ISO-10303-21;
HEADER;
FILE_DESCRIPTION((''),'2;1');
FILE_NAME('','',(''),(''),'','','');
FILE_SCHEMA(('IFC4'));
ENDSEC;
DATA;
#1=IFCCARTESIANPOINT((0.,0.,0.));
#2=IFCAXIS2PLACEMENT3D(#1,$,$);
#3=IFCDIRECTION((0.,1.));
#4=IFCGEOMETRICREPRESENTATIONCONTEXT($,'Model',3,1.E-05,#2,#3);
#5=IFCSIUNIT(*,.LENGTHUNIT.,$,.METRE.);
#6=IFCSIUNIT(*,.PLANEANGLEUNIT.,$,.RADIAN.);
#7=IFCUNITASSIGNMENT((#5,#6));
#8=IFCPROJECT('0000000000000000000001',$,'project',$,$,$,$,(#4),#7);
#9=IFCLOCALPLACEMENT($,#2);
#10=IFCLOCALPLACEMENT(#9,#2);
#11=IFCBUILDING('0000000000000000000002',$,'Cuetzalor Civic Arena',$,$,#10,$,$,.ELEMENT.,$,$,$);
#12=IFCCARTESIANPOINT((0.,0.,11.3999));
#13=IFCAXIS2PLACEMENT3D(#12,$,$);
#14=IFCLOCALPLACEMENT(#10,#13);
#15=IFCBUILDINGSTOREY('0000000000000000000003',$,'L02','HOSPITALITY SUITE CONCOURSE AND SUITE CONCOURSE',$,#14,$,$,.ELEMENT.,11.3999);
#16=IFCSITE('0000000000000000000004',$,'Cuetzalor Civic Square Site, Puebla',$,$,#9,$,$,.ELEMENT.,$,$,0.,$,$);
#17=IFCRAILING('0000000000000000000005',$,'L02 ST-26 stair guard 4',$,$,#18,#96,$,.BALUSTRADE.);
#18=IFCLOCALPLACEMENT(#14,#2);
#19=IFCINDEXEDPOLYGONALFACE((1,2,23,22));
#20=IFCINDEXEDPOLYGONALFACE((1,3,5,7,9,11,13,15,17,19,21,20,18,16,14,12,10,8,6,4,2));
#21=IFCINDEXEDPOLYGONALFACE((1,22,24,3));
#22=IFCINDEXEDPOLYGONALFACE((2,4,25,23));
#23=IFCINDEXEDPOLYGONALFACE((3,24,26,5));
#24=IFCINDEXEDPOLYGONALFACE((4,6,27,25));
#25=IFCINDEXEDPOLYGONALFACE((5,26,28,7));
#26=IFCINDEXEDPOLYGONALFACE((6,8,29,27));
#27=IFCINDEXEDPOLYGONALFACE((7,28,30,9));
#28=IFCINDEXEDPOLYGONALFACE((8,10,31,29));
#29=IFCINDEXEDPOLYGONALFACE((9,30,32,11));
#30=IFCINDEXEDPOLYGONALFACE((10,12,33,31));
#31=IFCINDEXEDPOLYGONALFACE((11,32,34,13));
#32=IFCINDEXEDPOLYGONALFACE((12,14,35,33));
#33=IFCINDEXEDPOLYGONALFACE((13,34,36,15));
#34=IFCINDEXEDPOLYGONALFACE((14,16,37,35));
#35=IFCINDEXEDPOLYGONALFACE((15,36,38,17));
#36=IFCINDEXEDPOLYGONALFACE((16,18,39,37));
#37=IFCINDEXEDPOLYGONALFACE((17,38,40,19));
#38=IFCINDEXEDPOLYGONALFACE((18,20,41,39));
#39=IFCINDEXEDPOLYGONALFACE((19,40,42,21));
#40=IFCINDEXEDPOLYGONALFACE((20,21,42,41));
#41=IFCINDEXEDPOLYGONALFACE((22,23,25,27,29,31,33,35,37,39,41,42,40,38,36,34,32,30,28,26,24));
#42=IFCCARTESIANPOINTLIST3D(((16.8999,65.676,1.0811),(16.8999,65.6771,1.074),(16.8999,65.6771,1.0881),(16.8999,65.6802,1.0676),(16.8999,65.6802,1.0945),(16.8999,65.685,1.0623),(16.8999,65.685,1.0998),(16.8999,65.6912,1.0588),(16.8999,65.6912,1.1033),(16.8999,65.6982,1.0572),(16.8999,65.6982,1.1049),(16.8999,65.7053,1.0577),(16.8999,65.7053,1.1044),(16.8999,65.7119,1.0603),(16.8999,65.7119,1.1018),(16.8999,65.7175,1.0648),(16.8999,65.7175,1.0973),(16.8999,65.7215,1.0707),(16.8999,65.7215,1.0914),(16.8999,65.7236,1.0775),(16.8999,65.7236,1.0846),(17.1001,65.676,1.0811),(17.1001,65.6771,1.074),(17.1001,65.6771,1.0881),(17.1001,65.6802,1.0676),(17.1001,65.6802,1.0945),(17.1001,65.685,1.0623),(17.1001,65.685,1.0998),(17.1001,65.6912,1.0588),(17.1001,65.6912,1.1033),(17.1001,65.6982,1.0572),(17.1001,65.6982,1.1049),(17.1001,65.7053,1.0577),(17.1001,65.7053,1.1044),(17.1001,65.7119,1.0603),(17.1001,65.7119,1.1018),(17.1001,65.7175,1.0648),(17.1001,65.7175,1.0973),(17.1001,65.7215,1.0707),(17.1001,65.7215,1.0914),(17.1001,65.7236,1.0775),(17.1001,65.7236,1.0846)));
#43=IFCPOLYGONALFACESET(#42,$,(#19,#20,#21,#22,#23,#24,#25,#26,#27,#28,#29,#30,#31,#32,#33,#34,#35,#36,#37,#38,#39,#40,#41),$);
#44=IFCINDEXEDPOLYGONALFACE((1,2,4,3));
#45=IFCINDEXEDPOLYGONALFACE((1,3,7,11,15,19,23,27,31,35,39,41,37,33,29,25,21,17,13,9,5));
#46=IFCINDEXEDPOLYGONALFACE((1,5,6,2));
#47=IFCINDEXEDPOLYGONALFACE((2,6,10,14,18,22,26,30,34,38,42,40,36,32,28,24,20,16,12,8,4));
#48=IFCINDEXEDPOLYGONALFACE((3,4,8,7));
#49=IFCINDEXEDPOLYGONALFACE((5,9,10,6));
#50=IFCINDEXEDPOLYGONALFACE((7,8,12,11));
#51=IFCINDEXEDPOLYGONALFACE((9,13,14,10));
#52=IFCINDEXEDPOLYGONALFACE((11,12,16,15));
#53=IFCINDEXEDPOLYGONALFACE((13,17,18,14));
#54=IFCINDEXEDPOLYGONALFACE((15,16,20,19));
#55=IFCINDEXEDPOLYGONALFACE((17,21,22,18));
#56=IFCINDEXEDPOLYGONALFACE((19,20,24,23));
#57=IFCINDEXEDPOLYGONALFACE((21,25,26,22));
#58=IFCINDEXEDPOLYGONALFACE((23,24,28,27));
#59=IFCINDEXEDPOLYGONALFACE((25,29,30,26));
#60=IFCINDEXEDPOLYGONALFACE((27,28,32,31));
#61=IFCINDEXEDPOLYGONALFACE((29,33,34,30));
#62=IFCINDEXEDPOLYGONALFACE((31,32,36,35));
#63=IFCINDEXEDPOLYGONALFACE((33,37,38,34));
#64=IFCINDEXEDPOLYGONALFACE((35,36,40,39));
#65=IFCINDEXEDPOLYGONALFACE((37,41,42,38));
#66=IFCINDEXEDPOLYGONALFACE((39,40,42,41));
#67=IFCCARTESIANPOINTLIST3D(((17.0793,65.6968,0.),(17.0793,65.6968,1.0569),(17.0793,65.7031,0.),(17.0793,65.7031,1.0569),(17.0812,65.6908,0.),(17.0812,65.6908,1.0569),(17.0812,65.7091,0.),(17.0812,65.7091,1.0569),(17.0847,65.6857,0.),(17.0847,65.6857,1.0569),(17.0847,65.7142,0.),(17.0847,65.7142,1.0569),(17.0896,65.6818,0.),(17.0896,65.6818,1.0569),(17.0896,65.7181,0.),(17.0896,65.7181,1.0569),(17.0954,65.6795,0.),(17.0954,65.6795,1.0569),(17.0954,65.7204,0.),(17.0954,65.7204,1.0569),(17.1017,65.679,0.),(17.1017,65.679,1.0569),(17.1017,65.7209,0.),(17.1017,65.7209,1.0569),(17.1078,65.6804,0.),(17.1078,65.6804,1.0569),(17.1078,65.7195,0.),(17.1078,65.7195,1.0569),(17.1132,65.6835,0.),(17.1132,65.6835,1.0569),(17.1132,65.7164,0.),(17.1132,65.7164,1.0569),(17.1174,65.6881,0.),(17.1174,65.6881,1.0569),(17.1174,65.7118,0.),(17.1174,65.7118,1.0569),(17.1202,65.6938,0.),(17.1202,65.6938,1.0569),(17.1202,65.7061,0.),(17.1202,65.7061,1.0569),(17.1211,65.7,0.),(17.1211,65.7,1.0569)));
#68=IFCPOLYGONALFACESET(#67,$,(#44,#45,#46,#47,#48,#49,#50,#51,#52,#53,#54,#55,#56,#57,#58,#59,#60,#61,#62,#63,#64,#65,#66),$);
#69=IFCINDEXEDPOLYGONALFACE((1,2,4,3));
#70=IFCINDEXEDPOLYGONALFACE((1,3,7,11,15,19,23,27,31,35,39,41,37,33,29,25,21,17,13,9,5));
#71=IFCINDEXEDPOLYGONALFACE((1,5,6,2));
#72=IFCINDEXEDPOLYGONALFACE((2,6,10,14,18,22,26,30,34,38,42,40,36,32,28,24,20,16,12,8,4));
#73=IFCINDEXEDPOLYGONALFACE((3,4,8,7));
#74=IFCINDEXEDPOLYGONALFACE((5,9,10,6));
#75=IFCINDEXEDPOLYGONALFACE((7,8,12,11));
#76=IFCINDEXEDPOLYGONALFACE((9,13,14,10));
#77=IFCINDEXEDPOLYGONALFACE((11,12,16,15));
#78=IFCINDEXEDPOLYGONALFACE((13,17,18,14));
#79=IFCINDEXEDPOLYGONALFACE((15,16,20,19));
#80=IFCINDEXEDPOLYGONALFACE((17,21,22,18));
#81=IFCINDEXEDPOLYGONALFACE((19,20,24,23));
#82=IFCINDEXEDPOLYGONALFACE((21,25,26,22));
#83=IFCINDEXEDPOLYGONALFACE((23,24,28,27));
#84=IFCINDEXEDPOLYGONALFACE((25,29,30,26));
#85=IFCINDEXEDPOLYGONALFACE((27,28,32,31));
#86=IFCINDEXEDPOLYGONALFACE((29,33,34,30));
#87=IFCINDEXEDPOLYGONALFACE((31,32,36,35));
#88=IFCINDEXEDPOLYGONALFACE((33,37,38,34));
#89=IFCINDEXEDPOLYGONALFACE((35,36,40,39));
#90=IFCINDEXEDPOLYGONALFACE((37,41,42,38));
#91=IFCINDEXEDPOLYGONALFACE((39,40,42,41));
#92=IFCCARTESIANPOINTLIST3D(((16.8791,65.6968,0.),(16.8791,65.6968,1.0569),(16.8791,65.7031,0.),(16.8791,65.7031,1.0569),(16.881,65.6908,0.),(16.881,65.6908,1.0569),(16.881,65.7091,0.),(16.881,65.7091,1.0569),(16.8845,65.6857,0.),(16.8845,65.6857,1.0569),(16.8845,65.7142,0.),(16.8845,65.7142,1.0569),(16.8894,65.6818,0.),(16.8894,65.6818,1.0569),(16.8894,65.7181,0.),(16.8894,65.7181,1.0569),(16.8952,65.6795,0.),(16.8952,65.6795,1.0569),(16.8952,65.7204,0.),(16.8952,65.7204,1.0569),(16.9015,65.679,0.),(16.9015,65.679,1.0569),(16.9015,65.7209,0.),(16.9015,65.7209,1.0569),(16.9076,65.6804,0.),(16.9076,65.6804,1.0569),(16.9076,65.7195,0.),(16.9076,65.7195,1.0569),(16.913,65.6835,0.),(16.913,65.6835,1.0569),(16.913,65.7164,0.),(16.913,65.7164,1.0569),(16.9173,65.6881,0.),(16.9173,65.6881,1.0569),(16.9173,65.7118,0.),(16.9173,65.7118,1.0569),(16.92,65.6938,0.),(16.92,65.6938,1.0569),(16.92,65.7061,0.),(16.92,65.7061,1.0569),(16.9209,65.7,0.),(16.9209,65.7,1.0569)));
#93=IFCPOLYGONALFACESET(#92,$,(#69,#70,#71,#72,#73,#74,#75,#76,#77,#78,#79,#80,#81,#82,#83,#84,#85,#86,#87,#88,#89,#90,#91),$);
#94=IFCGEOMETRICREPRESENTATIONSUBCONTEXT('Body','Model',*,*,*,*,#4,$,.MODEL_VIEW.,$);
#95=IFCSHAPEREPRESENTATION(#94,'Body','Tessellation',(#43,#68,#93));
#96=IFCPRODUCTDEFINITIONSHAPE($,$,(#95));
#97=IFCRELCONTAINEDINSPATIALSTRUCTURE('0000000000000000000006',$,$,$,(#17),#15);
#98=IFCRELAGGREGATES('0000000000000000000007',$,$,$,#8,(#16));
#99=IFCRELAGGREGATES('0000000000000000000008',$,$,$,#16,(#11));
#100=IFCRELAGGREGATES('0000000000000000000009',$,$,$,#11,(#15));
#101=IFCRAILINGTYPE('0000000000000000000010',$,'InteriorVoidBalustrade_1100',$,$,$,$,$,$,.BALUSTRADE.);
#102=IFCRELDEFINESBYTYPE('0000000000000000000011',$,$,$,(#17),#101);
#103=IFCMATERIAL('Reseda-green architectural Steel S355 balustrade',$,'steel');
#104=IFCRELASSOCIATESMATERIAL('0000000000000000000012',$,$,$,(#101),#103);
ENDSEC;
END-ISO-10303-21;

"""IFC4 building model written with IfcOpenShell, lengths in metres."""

from ifc_helpers import new_model, si_unit, direction, frame, origin, origin_2d, place, context, subcontext, project, spatial, circle, extrude, material, type_object, element, save


model = new_model("IFC4")

# Units and contexts
model_context = context("Model", 3, precision=1e-05, world=origin(), true_north=direction((0.0, 1.0)))
body_context = subcontext(model_context, "Body", "Model", "MODEL_VIEW")
ifc_project = project(units=[si_unit("LENGTHUNIT", "METRE"), si_unit("PLANEANGLEUNIT", "RADIAN")], contexts=[model_context])

# Site, building, storey
site_placement = place(None, origin())
site = spatial("IfcSite", under=ifc_project, at=site_placement, Name="Cuetzalor Civic Square Site, Puebla", CompositionType="ELEMENT", RefElevation=0.0)
building_placement = place(site_placement, origin())
building = spatial("IfcBuilding", under=site, at=building_placement, Name="Cuetzalor Civic Arena", CompositionType="ELEMENT")
storey_placement = place(building_placement, frame((0.0, 0.0, 11.3999)))
storey = spatial("IfcBuildingStorey", under=building, at=storey_placement, Name="L02", Description="HOSPITALITY SUITE CONCOURSE AND SUITE CONCOURSE", CompositionType="ELEMENT", Elevation=11.3999)

# Railing
ifc_material_1 = material(Name="Reseda-green architectural Steel S355 balustrade", Category="steel")
railing_type_1 = type_object("IfcRailingType", Name="InteriorVoidBalustrade_1100", PredefinedType="BALUSTRADE", material=ifc_material_1)
railing_1_placement = place(storey_placement, frame((17.1001, 65.7, 0.0)))
element("IfcRailing", 1, at=railing_1_placement, inside=storey, type_object=railing_type_1, Name="L02 ST-26 stair guard 4", PredefinedType="BALUSTRADE", context=body_context, shape_type="SweptSolid", body=[
    extrude(circle(Radius=0.0239, at=origin_2d()), frame((0.0, 0.0, 1.0811), z_axis=(-1.0, 0.0, 0.0), x_axis=(0.0, -1.0, 0.0)), (0.0, 0.0, 1.0), 0.2002),
    extrude(circle(Radius=0.021, at=origin_2d()), origin(), (0.0, 0.0, 1.0), 1.0569),
    extrude(circle(Radius=0.021, at=origin_2d()), frame((-0.2002, 0.0, 0.0)), (0.0, 0.0, 1.0), 1.0569),
])

save(model, "model.ifc")
